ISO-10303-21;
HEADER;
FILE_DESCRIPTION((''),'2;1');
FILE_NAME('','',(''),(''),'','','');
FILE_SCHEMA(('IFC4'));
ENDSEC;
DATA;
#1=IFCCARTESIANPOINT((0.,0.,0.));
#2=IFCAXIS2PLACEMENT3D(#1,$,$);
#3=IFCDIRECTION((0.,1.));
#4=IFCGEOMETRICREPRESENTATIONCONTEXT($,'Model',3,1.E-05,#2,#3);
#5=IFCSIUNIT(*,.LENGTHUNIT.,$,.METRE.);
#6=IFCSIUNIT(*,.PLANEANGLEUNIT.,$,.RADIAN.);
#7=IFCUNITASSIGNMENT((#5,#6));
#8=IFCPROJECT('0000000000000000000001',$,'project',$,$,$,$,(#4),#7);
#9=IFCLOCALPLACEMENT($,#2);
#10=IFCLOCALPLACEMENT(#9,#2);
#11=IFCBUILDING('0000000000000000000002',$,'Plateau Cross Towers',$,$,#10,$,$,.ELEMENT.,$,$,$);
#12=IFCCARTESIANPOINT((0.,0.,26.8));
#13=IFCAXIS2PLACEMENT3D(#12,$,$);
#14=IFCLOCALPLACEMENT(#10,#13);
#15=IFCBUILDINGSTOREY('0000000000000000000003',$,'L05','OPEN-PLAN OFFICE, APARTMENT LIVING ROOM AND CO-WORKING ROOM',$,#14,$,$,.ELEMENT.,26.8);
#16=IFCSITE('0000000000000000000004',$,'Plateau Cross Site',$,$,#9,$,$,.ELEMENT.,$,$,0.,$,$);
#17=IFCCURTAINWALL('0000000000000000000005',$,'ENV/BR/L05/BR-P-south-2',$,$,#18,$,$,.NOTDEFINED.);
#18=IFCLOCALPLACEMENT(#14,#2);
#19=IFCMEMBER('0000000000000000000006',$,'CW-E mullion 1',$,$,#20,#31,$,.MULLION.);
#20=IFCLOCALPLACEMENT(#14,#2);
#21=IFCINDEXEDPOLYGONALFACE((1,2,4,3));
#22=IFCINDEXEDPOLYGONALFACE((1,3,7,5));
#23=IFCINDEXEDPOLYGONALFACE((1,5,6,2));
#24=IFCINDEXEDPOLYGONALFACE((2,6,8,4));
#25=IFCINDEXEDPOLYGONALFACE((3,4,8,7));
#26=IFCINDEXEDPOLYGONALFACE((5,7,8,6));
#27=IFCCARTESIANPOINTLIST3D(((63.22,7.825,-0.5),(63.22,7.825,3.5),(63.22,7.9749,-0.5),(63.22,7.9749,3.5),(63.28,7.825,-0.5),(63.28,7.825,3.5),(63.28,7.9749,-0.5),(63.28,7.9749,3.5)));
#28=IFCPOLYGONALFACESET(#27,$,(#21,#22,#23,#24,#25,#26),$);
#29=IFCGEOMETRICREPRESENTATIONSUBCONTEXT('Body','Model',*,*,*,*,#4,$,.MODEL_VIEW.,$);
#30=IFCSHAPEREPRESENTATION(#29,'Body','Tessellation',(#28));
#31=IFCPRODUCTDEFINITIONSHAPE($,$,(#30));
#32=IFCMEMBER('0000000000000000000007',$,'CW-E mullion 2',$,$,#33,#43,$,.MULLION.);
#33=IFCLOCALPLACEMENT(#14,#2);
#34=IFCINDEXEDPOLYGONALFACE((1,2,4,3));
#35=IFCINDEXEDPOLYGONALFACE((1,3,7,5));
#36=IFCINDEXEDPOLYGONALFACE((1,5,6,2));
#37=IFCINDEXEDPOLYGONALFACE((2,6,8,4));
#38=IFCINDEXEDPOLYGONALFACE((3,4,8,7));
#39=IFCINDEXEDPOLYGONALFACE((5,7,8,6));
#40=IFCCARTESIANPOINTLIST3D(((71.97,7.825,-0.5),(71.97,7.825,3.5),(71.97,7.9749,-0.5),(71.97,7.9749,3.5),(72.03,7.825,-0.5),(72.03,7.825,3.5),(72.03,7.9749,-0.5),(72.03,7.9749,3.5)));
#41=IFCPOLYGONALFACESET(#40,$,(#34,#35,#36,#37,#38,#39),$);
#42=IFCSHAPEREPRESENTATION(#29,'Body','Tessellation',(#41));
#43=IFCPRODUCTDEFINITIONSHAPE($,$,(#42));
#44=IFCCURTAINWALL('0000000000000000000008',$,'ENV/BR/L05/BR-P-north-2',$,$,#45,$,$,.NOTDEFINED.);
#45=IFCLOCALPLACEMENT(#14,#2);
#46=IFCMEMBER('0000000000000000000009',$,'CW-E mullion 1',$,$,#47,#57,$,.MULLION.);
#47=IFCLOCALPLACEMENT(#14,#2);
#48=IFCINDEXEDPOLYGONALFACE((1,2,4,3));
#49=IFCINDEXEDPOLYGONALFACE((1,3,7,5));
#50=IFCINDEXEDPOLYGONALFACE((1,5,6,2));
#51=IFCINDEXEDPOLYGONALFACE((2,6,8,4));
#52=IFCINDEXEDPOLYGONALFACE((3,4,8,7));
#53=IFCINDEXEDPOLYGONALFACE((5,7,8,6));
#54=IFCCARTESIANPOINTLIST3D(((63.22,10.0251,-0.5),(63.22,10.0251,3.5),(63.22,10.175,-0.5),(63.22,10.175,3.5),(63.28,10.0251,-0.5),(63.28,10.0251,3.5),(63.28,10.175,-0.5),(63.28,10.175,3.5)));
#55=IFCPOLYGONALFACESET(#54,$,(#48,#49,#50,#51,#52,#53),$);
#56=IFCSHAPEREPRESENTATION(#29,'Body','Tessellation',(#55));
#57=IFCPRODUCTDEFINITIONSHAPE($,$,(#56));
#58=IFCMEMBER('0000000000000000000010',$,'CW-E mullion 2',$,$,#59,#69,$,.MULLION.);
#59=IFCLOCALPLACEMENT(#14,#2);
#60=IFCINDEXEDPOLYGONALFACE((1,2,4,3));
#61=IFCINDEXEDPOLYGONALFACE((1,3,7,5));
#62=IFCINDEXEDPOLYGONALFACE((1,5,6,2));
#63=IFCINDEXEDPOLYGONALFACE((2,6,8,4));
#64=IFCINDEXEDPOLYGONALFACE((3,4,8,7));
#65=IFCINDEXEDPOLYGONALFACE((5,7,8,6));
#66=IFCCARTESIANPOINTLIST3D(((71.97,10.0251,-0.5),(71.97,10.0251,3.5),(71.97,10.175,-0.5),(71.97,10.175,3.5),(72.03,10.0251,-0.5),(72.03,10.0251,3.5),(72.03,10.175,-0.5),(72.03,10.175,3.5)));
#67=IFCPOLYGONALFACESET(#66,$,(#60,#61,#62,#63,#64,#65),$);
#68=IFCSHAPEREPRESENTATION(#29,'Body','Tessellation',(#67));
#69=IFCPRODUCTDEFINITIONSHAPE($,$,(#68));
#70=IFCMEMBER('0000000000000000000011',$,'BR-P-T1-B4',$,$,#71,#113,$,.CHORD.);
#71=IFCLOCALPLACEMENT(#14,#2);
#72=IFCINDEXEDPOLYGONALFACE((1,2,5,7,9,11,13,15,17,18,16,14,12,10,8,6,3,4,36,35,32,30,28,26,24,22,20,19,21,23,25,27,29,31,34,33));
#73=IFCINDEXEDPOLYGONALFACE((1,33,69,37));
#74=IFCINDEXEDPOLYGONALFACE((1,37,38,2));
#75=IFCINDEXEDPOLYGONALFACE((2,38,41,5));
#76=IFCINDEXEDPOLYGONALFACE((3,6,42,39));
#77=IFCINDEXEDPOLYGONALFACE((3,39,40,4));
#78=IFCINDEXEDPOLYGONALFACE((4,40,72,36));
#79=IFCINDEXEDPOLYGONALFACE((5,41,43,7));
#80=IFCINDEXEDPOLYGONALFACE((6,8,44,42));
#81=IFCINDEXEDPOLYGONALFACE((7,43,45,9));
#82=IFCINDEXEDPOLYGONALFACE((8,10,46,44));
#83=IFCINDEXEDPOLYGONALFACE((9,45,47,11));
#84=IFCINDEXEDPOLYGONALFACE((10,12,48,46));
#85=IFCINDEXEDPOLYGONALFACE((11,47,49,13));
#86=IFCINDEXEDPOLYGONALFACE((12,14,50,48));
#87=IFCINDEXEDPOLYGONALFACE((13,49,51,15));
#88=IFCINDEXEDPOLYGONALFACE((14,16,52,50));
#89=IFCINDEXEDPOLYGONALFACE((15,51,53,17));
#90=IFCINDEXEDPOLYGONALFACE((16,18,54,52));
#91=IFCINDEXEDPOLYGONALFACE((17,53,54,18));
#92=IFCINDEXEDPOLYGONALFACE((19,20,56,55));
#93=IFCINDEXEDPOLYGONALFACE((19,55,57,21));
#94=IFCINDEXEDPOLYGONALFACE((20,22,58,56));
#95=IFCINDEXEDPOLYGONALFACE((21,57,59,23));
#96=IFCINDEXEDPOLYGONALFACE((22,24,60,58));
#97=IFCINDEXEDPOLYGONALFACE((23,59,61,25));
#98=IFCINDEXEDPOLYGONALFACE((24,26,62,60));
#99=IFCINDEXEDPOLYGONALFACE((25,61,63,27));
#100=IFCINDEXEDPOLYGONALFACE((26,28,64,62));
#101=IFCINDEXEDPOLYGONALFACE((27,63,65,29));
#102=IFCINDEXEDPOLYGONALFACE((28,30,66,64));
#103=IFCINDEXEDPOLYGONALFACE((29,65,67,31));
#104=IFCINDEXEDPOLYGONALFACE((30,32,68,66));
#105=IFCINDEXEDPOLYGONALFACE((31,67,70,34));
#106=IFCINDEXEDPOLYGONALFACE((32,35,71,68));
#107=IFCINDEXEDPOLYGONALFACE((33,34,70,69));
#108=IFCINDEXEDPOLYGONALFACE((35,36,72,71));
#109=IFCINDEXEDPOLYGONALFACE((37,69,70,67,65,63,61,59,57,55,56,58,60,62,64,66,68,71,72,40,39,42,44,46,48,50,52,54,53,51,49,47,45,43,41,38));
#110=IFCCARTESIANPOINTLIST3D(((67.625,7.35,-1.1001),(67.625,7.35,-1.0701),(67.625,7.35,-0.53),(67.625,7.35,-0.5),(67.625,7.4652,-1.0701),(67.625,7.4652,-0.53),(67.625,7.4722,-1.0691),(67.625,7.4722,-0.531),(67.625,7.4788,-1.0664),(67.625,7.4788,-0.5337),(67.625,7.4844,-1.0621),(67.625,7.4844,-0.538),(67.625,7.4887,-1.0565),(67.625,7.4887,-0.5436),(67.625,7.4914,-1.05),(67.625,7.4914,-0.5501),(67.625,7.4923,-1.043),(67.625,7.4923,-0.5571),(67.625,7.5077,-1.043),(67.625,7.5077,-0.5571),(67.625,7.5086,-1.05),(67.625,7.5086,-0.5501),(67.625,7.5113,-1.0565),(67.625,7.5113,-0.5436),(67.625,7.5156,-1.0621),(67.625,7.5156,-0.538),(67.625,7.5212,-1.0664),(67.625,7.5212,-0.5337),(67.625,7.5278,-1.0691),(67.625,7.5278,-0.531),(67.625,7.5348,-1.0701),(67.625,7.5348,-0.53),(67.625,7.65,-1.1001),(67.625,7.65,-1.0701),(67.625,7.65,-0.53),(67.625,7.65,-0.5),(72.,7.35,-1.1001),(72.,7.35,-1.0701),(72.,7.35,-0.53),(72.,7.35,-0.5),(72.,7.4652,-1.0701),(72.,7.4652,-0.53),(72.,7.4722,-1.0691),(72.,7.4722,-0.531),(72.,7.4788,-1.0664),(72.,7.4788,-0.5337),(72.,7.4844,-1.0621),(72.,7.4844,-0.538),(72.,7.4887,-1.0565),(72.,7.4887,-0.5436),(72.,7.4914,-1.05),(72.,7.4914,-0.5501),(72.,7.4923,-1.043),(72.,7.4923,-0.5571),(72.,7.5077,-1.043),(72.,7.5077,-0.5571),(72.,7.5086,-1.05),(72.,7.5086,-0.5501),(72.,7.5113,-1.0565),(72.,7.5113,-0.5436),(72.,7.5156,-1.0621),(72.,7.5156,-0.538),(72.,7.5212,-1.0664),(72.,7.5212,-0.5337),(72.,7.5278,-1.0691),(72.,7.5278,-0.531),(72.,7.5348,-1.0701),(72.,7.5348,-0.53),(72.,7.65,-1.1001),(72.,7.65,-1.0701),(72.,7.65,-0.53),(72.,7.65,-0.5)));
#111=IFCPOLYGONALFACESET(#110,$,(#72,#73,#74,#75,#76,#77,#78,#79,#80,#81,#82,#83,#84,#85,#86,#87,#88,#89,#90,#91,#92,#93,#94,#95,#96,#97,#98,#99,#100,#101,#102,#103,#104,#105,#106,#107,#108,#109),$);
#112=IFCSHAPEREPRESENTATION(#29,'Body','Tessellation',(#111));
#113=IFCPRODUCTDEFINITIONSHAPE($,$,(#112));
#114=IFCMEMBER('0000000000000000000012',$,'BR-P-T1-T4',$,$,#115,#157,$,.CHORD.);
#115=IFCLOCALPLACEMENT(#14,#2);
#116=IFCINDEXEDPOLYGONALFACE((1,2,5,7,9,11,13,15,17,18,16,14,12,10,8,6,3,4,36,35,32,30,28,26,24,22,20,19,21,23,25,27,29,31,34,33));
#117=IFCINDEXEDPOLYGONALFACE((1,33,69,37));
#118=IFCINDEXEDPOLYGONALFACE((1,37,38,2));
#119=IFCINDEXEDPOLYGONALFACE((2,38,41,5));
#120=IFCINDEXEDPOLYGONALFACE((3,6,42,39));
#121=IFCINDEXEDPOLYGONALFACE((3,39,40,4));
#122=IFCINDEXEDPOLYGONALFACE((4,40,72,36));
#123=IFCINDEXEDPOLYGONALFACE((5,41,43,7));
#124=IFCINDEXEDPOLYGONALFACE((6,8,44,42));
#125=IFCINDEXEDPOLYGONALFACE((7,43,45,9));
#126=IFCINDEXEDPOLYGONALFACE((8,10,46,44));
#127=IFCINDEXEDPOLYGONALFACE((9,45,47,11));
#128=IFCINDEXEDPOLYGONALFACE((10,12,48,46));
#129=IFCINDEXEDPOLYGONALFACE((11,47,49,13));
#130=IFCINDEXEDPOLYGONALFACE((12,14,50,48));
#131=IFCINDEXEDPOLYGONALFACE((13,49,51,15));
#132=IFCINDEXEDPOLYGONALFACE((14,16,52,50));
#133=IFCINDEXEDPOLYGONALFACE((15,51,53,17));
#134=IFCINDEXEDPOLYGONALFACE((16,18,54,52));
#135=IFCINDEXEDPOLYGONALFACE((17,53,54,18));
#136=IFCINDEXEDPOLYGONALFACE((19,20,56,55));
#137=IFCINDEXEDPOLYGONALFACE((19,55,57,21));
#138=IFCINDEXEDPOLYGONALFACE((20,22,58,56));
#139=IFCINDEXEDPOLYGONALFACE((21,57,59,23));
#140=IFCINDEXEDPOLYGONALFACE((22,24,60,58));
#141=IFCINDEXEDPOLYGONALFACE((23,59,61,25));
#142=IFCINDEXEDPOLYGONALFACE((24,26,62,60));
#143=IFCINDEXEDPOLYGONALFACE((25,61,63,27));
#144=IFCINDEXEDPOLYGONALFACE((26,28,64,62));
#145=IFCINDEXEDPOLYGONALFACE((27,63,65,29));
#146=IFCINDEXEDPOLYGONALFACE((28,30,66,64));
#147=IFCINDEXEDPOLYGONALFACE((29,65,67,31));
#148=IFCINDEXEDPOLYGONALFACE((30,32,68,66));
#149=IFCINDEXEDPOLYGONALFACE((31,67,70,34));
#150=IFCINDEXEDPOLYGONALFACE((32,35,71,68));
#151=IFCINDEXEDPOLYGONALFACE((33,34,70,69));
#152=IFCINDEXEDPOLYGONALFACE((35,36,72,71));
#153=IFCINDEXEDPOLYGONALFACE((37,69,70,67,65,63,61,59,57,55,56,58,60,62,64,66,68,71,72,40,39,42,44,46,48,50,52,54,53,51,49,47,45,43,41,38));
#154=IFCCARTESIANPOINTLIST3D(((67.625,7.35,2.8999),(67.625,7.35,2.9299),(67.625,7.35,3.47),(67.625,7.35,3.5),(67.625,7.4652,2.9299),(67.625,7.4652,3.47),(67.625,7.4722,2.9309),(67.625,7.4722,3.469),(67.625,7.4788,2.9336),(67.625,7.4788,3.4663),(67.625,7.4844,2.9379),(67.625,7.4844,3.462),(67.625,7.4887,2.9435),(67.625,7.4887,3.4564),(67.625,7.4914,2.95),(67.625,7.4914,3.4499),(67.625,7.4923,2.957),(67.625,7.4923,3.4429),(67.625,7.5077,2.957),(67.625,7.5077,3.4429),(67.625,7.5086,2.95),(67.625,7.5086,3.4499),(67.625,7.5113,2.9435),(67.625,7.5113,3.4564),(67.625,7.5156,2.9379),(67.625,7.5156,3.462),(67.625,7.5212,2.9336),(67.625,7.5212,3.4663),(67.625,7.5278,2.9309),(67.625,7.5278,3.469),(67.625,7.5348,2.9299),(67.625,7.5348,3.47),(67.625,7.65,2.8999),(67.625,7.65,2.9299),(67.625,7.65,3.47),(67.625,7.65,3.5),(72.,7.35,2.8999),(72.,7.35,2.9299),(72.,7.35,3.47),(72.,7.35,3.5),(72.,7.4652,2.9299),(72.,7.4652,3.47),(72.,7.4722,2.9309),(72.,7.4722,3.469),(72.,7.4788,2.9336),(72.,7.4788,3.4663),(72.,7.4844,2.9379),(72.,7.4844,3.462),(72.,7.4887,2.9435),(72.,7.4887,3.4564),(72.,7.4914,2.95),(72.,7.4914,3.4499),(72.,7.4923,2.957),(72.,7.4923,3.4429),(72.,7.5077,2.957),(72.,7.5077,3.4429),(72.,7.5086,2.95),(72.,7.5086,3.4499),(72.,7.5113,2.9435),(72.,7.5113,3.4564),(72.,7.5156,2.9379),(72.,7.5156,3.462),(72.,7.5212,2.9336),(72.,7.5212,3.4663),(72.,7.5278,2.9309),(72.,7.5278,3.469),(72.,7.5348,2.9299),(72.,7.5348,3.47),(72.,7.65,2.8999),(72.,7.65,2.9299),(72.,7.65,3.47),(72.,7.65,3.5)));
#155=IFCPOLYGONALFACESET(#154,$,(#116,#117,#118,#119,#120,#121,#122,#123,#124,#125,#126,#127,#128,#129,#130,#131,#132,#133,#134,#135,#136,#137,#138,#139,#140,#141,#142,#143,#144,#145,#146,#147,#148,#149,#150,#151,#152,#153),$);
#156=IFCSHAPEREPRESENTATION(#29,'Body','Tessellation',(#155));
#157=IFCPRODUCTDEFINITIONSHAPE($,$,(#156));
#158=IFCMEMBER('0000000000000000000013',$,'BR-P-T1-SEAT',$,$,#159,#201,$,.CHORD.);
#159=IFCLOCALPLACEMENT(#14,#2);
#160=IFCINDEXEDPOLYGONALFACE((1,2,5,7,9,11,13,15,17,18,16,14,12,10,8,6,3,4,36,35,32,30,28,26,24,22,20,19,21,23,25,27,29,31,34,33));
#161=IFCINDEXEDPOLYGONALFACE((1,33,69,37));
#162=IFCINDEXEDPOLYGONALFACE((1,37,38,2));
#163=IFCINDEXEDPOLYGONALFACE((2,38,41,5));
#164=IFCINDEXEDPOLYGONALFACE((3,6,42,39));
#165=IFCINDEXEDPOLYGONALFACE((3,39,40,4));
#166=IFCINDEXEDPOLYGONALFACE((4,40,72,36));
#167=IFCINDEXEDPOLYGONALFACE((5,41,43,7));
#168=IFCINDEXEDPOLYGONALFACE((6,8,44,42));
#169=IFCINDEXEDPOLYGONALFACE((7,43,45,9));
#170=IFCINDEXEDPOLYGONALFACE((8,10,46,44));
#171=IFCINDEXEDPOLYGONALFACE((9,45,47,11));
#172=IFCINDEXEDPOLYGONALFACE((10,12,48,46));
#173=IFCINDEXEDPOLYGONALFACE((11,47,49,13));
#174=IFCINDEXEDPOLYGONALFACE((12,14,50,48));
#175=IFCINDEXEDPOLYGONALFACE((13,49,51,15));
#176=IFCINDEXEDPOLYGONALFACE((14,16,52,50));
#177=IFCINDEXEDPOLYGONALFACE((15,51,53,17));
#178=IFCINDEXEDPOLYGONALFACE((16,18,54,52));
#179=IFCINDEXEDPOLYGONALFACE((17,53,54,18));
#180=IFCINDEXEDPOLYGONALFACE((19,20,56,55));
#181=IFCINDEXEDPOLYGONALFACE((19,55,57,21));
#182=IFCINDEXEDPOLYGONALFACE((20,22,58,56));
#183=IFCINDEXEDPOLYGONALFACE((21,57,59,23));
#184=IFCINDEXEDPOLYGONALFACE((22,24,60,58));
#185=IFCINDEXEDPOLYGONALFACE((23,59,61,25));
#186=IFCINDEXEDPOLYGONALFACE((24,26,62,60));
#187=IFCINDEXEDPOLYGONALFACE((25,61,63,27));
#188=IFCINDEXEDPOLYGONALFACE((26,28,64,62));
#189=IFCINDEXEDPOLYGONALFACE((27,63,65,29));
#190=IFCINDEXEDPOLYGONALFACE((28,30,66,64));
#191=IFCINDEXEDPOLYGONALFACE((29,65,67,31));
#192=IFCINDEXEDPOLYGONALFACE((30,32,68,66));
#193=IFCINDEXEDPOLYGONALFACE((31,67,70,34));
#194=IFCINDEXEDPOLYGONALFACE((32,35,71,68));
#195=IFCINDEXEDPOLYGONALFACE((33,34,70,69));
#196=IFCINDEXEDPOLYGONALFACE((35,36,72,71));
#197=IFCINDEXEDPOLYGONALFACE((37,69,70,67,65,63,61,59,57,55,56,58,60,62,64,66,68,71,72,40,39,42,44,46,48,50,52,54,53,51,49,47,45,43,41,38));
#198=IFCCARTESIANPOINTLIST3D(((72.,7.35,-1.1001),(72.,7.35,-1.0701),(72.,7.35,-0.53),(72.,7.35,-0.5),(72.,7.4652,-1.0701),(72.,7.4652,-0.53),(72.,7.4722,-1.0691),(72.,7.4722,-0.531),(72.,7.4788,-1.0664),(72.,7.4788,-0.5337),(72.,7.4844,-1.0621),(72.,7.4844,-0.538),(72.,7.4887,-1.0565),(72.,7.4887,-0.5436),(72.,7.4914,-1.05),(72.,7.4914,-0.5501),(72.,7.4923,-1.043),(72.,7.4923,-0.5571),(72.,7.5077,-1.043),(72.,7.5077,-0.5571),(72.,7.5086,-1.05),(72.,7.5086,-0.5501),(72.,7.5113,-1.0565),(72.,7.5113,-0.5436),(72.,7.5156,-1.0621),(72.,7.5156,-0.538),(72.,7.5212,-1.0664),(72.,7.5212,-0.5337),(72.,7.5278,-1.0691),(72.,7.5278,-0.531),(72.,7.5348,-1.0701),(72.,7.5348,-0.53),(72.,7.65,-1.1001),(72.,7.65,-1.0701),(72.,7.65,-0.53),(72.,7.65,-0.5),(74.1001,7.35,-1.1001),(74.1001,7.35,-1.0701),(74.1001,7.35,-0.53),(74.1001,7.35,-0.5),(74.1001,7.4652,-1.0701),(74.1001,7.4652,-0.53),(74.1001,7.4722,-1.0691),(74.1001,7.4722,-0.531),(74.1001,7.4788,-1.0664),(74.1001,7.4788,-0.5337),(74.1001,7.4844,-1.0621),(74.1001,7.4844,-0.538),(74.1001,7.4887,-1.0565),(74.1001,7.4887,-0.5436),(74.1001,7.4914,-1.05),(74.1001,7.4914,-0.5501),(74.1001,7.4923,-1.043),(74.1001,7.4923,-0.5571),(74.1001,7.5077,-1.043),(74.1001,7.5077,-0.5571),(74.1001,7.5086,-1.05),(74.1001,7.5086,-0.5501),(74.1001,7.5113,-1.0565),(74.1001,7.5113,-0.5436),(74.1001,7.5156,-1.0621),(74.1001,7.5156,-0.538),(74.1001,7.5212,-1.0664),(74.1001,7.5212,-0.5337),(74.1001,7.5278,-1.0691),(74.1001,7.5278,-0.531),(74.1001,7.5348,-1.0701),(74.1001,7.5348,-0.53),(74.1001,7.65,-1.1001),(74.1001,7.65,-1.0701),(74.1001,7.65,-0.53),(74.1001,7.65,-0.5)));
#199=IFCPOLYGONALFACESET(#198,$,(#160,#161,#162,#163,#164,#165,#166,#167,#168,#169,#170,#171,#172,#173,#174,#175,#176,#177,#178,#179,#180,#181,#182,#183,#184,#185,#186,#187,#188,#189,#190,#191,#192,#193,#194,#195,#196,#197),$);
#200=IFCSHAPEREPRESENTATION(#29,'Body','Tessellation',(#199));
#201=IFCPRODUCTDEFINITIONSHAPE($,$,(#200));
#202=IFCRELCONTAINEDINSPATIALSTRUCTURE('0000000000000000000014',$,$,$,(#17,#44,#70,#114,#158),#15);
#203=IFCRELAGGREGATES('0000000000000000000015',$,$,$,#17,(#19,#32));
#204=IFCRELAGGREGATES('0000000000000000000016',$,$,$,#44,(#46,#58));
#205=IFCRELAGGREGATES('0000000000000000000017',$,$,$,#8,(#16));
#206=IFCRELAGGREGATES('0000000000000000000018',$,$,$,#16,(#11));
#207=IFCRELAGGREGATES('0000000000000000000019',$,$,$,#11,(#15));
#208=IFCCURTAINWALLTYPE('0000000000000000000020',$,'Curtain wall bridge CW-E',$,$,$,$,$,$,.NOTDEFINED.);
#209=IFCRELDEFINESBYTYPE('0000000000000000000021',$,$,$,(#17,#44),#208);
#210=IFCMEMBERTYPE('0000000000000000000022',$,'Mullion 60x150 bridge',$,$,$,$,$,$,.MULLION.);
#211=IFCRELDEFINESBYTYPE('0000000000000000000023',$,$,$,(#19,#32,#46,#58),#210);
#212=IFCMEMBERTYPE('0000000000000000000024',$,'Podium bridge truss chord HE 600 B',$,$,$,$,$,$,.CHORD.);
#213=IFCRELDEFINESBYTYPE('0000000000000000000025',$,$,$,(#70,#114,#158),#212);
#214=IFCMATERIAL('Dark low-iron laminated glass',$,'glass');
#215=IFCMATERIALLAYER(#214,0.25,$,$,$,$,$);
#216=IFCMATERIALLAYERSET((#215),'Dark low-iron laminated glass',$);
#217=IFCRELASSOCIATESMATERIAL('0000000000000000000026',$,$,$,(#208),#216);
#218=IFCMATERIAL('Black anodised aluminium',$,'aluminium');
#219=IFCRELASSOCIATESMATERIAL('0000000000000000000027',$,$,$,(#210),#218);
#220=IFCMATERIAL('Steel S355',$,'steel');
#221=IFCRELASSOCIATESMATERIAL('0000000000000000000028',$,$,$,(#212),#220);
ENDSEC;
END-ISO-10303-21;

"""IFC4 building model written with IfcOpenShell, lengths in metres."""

from ifc_helpers import new_model, si_unit, direction, frame, origin, origin_2d, place, context, subcontext, project, spatial, rectangle, i_section, extrude, material, layer, layer_set, material_profile, profile_set, type_object, element, aggregate, save


model = new_model("IFC4")

# Units and contexts
model_context = context("Model", 3, precision=1e-05, world=origin(), true_north=direction((0.0, 1.0)))
body_context = subcontext(model_context, "Body", "Model", "MODEL_VIEW")
ifc_project = project(units=[si_unit("LENGTHUNIT", "METRE"), si_unit("PLANEANGLEUNIT", "RADIAN")], contexts=[model_context])

# Site, building, storey
site_placement = place(None, origin())
site = spatial("IfcSite", under=ifc_project, at=site_placement, Name="Plateau Cross Site", CompositionType="ELEMENT", RefElevation=0.0)
building_placement = place(site_placement, origin())
building = spatial("IfcBuilding", under=site, at=building_placement, Name="Plateau Cross Towers", CompositionType="ELEMENT")
storey_placement = place(building_placement, frame((0.0, 0.0, 26.8)))
storey = spatial("IfcBuildingStorey", under=building, at=storey_placement, Name="L05", Description="OPEN-PLAN OFFICE, APARTMENT LIVING ROOM AND CO-WORKING ROOM", CompositionType="ELEMENT", Elevation=26.8)

# Curtain walls, members
ifc_material_1 = material(Name="Dark low-iron laminated glass", Category="glass")
ifc_layer_1 = layer(ifc_material_1, 0.25)
ifc_layer_set_1 = layer_set([ifc_layer_1], Name="Dark low-iron laminated glass")
curtain_wall_type = type_object("IfcCurtainWallType", Name="Curtain wall bridge CW-E", PredefinedType="NOTDEFINED", material=ifc_layer_set_1)
curtain_wall_1_placement = place(storey_placement, origin())
curtain_wall_1 = element("IfcCurtainWall", 1, at=curtain_wall_1_placement, inside=storey, type_object=curtain_wall_type, Name="ENV/BR/L05/BR-P-south-2", PredefinedType="NOTDEFINED")
ifc_material_2 = material(Name="Black anodised aluminium", Category="aluminium")
ifc_material_profile_1 = material_profile(ifc_material_2, rectangle(XDim=0.0601, YDim=0.1499, at=origin_2d()), Name="MULLION 60x150")
ifc_profile_set_1 = profile_set([ifc_material_profile_1], Name="Black anodised aluminium")
member_type_1 = type_object("IfcMemberType", Name="Mullion 60x150 bridge", PredefinedType="MULLION", material=ifc_profile_set_1)
member_1_placement = place(storey_placement, frame((63.25, 7.8999, -0.5), z_axis=(0.0, 0.0, 1.0), x_axis=(1.0, 0.0, 0.0)))
member_1 = element("IfcMember", 2, at=member_1_placement, type_object=member_type_1, Name="CW-E mullion 1", PredefinedType="MULLION", context=body_context, shape_type="SweptSolid", body=[
    extrude(rectangle(XDim=0.0601, YDim=0.1499, at=origin_2d()), origin(), (0.0, 0.0, 1.0), 4.0),
])
member_2_placement = place(storey_placement, frame((72.0, 7.8999, -0.5), z_axis=(0.0, 0.0, 1.0), x_axis=(1.0, 0.0, 0.0)))
member_2 = element("IfcMember", 3, at=member_2_placement, type_object=member_type_1, Name="CW-E mullion 2", PredefinedType="MULLION", context=body_context, shape_type="SweptSolid", body=[
    extrude(rectangle(XDim=0.0601, YDim=0.1499, at=origin_2d()), origin(), (0.0, 0.0, 1.0), 4.0),
])
curtain_wall_2_placement = place(storey_placement, origin())
curtain_wall_2 = element("IfcCurtainWall", 4, at=curtain_wall_2_placement, inside=storey, type_object=curtain_wall_type, Name="ENV/BR/L05/BR-P-north-2", PredefinedType="NOTDEFINED")
member_3_placement = place(storey_placement, frame((63.25, 10.1001, -0.5), z_axis=(0.0, 0.0, 1.0), x_axis=(1.0, 0.0, 0.0)))
member_3 = element("IfcMember", 5, at=member_3_placement, type_object=member_type_1, Name="CW-E mullion 1", PredefinedType="MULLION", context=body_context, shape_type="SweptSolid", body=[
    extrude(rectangle(XDim=0.0601, YDim=0.1499, at=origin_2d()), origin(), (0.0, 0.0, 1.0), 4.0),
])
member_4_placement = place(storey_placement, frame((72.0, 10.1001, -0.5), z_axis=(0.0, 0.0, 1.0), x_axis=(1.0, 0.0, 0.0)))
member_4 = element("IfcMember", 6, at=member_4_placement, type_object=member_type_1, Name="CW-E mullion 2", PredefinedType="MULLION", context=body_context, shape_type="SweptSolid", body=[
    extrude(rectangle(XDim=0.0601, YDim=0.1499, at=origin_2d()), origin(), (0.0, 0.0, 1.0), 4.0),
])

# Members
ifc_material_3 = material(Name="Steel S355", Category="steel")
ifc_material_profile_2 = material_profile(ifc_material_3, i_section(OverallWidth=0.3, OverallDepth=0.6001, WebThickness=0.0154, FlangeThickness=0.03, FilletRadius=0.0271, at=origin_2d()), Name="HE 600 B")
ifc_profile_set_2 = profile_set([ifc_material_profile_2], Name="Steel S355")
member_type_2 = type_object("IfcMemberType", Name="Podium bridge truss chord HE 600 B", PredefinedType="CHORD", material=ifc_profile_set_2)
for number, where, z_axis, x_axis, name in (
    (7, (67.625, 7.5, -0.8), (1.0, 0.0, 0.0), (0.0, 1.0, 0.0), "BR-P-T1-B4"),
    (8, (67.625, 7.5, 3.2), (1.0, 0.0, 0.0), (0.0, 1.0, 0.0), "BR-P-T1-T4"),
):
    element("IfcMember", number, at=place(storey_placement, frame(where, z_axis=z_axis, x_axis=x_axis)), inside=storey, type_object=member_type_2, Name=name, PredefinedType="CHORD", context=body_context, shape_type="SweptSolid", body=[
        extrude(i_section(OverallWidth=0.3, OverallDepth=0.6001, WebThickness=0.0154, FlangeThickness=0.03, FilletRadius=0.0271, at=origin_2d()), origin(), (0.0, 0.0, 1.0), 4.375),
    ])
member_5_placement = place(storey_placement, frame((72.0, 7.5, -0.8), z_axis=(1.0, 0.0, 0.0), x_axis=(0.0, 1.0, 0.0)))
element("IfcMember", 9, at=member_5_placement, inside=storey, type_object=member_type_2, Name="BR-P-T1-SEAT", PredefinedType="CHORD", context=body_context, shape_type="SweptSolid", body=[
    extrude(i_section(OverallWidth=0.3, OverallDepth=0.6001, WebThickness=0.0154, FlangeThickness=0.03, FilletRadius=0.0271, at=origin_2d()), origin(), (0.0, 0.0, 1.0), 2.1001),
])

aggregate(curtain_wall_1, [member_1, member_2])

aggregate(curtain_wall_2, [member_3, member_4])

save(model, "model.ifc")
